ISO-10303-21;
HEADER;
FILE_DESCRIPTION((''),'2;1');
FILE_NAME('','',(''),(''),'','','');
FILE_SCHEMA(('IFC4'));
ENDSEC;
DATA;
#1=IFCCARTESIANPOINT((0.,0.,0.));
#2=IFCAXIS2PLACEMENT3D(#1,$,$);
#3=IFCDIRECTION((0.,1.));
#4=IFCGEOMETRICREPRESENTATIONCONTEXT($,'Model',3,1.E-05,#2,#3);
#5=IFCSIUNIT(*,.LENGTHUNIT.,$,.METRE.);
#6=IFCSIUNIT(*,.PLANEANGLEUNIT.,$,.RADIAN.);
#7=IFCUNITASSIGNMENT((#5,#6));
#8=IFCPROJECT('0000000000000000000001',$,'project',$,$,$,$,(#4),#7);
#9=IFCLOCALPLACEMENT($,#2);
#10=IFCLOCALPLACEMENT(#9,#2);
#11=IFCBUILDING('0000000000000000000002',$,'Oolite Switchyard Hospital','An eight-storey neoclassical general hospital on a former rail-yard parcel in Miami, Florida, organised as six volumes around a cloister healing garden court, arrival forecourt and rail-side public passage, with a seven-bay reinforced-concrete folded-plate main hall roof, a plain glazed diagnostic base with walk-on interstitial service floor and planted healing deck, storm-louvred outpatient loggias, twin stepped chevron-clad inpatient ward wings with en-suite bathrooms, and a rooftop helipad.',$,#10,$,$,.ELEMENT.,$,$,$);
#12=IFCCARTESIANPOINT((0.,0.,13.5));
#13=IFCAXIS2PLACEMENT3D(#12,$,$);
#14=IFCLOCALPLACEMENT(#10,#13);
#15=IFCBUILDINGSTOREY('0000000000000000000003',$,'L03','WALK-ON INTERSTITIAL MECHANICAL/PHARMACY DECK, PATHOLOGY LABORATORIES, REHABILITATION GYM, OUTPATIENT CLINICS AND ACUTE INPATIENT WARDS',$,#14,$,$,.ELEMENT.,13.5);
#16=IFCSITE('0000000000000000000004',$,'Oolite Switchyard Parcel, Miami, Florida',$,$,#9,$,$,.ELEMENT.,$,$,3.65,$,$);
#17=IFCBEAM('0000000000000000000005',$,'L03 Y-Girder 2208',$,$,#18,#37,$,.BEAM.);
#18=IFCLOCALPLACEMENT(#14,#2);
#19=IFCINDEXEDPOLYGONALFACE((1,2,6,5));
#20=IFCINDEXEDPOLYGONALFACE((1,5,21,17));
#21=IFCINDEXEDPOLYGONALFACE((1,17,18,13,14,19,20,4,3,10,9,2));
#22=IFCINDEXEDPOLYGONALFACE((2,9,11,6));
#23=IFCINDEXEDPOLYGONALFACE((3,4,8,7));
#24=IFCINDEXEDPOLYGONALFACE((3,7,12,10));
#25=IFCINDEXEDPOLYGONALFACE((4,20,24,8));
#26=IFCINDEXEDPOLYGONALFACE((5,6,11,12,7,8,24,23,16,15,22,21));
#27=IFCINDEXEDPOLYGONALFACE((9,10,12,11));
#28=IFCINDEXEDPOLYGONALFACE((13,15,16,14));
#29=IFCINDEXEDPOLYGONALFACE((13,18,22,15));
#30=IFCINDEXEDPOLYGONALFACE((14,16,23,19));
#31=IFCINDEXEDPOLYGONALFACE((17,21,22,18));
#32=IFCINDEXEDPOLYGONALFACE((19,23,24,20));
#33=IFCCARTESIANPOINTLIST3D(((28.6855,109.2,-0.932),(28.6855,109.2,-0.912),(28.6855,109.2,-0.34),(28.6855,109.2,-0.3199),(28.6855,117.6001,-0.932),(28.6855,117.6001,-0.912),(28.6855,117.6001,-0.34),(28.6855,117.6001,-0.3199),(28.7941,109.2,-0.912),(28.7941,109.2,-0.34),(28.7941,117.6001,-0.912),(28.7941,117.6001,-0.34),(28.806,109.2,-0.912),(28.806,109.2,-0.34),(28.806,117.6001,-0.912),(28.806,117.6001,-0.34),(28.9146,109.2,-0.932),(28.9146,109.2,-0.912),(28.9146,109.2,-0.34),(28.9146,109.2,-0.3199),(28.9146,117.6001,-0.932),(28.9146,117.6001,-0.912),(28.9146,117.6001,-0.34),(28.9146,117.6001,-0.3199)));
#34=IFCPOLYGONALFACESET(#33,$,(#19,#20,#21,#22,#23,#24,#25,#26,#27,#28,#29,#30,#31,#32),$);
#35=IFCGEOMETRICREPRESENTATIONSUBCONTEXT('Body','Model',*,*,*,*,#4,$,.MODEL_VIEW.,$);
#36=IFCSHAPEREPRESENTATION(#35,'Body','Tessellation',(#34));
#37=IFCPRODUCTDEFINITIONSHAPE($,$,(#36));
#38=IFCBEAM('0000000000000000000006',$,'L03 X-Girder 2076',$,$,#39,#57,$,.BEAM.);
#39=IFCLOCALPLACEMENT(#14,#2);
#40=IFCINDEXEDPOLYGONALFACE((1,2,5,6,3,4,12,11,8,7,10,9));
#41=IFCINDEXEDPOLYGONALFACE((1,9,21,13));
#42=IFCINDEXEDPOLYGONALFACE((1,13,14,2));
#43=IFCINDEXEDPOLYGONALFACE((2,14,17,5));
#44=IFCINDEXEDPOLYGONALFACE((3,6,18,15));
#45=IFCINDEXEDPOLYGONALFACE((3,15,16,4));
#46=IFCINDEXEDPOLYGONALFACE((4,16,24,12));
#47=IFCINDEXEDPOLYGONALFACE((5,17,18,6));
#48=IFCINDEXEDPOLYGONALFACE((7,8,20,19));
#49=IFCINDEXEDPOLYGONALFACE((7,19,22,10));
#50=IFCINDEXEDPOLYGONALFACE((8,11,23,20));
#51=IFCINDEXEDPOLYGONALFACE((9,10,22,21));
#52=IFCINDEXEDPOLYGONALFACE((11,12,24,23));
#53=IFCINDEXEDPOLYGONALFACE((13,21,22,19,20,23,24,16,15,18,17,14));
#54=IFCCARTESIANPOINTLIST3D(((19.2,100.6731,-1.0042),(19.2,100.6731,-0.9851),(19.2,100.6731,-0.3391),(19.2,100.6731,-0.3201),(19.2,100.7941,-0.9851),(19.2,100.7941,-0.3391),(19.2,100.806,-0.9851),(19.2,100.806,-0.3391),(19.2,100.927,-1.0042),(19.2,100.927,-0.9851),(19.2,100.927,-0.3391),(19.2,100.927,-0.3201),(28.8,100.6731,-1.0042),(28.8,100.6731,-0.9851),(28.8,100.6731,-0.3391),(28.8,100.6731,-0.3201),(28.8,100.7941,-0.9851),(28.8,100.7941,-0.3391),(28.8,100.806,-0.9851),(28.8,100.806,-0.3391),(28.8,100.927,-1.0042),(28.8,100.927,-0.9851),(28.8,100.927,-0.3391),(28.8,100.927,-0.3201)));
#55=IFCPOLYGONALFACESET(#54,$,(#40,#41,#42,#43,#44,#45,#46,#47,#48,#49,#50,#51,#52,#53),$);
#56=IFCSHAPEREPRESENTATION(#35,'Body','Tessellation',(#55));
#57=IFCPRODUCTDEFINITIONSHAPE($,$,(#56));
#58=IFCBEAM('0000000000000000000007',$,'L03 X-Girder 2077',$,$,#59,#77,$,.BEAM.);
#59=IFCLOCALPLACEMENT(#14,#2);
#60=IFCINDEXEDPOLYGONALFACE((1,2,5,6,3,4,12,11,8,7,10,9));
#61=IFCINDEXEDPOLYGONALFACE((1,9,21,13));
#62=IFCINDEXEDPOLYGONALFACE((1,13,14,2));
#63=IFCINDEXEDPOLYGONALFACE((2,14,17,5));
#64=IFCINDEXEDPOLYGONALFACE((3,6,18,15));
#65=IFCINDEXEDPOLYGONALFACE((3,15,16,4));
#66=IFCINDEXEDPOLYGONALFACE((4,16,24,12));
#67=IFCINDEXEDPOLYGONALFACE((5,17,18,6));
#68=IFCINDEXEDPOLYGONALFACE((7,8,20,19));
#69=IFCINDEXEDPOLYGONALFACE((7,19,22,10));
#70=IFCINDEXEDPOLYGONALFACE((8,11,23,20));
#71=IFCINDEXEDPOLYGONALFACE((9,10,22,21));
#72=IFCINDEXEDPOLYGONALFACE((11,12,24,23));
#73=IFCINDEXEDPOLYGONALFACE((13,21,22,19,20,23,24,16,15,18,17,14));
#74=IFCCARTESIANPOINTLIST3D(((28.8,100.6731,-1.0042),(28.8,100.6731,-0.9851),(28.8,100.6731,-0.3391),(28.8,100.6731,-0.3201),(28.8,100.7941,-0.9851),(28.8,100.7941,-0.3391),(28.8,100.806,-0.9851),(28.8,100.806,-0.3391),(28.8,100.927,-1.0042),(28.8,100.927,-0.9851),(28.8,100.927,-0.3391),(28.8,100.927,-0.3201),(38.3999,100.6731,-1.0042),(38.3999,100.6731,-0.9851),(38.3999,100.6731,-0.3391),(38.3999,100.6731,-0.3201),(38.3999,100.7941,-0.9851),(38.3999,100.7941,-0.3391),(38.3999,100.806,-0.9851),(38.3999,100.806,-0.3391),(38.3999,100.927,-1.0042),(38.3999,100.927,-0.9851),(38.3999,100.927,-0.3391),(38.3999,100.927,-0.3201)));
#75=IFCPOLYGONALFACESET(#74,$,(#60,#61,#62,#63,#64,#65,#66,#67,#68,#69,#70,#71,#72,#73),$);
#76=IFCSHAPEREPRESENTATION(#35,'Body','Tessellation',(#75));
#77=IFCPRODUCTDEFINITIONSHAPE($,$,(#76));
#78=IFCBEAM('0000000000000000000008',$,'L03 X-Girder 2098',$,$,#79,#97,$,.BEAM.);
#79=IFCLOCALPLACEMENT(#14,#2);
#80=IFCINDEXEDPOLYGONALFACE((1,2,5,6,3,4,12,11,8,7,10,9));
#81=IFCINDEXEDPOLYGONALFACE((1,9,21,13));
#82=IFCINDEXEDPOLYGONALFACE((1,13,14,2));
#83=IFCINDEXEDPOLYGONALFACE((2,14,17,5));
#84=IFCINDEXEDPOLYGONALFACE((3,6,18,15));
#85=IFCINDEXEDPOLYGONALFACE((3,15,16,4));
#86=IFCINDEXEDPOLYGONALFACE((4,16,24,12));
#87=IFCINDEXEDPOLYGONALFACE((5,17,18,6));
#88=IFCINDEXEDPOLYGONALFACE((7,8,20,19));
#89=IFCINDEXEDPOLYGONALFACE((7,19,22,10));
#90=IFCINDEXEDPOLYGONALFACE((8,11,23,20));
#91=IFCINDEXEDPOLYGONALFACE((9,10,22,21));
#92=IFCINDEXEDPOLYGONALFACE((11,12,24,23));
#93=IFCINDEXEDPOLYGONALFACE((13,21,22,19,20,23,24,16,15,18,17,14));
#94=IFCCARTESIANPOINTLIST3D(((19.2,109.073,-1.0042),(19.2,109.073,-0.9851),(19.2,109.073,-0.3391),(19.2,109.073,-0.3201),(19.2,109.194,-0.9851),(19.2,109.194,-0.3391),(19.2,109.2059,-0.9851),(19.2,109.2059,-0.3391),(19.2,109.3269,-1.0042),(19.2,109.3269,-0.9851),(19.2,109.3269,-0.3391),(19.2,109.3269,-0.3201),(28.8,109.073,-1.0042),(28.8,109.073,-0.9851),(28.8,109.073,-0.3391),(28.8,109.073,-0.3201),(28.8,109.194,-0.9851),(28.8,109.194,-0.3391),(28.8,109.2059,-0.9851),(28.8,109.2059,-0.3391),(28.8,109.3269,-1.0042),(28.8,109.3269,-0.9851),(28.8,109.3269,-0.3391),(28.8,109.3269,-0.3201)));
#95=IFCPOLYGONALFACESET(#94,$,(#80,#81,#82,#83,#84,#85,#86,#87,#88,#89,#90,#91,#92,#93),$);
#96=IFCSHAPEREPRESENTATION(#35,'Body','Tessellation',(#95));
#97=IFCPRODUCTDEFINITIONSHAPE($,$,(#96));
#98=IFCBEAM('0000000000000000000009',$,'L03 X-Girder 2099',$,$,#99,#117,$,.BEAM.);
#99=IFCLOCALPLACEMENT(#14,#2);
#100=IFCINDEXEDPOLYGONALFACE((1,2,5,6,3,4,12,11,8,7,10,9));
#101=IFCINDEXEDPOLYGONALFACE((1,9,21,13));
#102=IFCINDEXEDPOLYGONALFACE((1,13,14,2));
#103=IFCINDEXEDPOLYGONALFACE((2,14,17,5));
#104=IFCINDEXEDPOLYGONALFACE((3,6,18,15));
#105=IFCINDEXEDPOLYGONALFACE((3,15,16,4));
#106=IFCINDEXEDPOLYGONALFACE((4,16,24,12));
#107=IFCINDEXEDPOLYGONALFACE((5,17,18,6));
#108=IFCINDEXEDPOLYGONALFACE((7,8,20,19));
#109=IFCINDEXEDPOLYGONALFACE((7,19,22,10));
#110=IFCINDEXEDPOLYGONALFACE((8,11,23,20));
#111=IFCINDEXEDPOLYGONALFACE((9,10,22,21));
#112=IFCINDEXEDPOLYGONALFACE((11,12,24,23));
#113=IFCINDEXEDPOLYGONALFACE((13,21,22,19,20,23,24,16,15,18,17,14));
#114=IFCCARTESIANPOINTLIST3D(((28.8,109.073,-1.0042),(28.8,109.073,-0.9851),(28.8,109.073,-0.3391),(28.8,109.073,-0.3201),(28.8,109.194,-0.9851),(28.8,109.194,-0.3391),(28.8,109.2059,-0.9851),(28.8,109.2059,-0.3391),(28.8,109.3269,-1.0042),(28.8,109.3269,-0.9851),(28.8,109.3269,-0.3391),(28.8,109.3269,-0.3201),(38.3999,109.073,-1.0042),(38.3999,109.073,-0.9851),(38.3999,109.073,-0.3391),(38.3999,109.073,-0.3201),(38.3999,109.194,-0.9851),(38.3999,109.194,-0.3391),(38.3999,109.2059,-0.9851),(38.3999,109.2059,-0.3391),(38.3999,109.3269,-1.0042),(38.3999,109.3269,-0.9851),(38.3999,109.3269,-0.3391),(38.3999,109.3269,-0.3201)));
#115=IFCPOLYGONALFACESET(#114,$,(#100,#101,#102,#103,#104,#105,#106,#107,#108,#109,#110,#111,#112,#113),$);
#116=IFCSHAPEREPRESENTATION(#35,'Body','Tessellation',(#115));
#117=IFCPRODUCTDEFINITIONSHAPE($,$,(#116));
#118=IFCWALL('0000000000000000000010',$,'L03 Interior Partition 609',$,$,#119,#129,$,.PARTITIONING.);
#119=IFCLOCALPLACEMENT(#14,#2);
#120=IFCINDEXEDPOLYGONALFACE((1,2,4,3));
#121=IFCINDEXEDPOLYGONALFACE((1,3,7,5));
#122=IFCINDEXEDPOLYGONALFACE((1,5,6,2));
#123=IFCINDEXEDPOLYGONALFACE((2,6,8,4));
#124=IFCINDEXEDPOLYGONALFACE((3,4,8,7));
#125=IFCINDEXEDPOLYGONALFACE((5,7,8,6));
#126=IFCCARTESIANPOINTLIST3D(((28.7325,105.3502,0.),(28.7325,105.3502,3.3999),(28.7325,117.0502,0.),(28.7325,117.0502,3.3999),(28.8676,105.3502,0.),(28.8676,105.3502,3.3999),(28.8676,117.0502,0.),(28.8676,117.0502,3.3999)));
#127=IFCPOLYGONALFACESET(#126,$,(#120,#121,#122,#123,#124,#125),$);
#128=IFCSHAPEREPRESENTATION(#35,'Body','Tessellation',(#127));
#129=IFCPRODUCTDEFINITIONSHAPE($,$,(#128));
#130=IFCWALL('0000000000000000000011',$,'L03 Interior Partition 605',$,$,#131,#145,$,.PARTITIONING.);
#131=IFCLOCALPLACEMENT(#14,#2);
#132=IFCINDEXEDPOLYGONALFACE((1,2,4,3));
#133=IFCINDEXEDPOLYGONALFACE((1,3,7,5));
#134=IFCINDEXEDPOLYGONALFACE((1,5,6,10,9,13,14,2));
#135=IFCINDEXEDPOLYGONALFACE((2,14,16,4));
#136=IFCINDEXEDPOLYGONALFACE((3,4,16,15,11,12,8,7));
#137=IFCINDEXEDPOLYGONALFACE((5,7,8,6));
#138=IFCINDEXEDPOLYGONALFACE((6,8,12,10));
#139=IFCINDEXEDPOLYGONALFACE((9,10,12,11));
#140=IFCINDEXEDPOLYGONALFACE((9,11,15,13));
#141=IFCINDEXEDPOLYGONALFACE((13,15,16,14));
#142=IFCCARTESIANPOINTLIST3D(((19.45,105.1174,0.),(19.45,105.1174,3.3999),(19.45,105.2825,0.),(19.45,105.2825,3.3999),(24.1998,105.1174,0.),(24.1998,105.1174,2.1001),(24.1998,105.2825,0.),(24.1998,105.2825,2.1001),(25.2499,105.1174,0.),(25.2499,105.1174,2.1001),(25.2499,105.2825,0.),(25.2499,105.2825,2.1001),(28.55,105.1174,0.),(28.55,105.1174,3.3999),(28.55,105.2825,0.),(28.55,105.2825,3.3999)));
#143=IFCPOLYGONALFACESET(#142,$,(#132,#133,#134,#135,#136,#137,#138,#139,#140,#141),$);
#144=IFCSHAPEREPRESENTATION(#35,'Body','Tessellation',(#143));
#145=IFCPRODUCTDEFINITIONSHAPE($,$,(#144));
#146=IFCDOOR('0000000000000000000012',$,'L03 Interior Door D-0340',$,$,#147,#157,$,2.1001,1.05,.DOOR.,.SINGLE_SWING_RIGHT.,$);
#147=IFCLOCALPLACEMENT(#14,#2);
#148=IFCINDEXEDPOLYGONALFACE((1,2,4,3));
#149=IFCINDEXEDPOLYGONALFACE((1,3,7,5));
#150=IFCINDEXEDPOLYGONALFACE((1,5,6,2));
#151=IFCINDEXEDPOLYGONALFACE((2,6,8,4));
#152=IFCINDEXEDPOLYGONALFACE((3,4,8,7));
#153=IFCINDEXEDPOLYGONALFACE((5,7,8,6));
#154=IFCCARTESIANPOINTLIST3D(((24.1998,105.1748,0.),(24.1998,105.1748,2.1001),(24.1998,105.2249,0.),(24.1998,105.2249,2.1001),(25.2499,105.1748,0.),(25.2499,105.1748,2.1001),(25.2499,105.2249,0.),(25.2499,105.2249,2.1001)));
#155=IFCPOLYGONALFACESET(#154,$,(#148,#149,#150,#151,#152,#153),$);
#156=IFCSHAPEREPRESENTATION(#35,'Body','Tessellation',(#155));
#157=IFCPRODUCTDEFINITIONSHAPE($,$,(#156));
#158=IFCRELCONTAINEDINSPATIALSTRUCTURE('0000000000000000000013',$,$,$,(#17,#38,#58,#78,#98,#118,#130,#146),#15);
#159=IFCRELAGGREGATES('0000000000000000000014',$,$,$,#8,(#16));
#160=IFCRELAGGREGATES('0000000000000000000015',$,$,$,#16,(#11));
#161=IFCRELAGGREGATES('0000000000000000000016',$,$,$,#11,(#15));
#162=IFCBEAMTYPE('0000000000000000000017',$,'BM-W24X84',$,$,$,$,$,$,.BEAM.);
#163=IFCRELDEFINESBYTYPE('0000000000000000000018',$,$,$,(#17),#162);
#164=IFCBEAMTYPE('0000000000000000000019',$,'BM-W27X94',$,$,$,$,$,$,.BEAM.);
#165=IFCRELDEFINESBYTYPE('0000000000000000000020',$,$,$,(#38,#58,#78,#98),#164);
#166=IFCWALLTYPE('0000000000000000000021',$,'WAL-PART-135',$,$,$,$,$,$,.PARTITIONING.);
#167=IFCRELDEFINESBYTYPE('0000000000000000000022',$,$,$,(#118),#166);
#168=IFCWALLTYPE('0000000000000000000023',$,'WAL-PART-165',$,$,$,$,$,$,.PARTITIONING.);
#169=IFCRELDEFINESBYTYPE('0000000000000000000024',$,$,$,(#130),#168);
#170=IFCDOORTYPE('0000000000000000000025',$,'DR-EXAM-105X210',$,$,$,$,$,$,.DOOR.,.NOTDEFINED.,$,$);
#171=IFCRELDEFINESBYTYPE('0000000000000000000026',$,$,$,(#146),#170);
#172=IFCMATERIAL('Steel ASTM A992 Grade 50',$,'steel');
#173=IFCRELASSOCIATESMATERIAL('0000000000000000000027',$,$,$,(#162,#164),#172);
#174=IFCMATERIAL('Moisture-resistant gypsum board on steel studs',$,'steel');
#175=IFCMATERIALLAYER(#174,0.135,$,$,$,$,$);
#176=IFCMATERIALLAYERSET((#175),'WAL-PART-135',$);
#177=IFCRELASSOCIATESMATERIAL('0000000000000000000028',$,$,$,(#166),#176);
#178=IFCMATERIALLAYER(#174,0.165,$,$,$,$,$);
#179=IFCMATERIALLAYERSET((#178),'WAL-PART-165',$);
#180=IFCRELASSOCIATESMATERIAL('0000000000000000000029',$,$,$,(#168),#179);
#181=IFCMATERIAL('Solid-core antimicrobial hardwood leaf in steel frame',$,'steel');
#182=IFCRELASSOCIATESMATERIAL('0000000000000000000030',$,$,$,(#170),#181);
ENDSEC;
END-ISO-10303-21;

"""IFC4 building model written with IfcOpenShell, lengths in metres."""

from ifc_helpers import new_model, si_unit, direction, frame, frame_2d, origin, origin_2d, place, context, subcontext, project, spatial, rectangle, i_section, extrude, material, layer, layer_set, material_profile, profile_set, type_object, element, fill, save


model = new_model("IFC4")

# Units and contexts
model_context = context("Model", 3, precision=1e-05, world=origin(), true_north=direction((0.0, 1.0)))
body_context = subcontext(model_context, "Body", "Model", "MODEL_VIEW")
ifc_project = project(units=[si_unit("LENGTHUNIT", "METRE"), si_unit("PLANEANGLEUNIT", "RADIAN")], contexts=[model_context])

# Site, building, storey
site_placement = place(None, origin())
site = spatial("IfcSite", under=ifc_project, at=site_placement, Name="Oolite Switchyard Parcel, Miami, Florida", CompositionType="ELEMENT", RefElevation=3.65)
building_placement = place(site_placement, origin())
building = spatial("IfcBuilding", under=site, at=building_placement, Name="Oolite Switchyard Hospital", Description="An eight-storey neoclassical general hospital on a former rail-yard parcel in Miami, Florida, organised as six volumes around a cloister healing garden court, arrival forecourt and rail-side public passage, with a seven-bay reinforced-concrete folded-plate main hall roof, a plain glazed diagnostic base with walk-on interstitial service floor and planted healing deck, storm-louvred outpatient loggias, twin stepped chevron-clad inpatient ward wings with en-suite bathrooms, and a rooftop helipad.", CompositionType="ELEMENT")
storey_placement = place(building_placement, frame((0.0, 0.0, 13.5)))
storey = spatial("IfcBuildingStorey", under=building, at=storey_placement, Name="L03", Description="WALK-ON INTERSTITIAL MECHANICAL/PHARMACY DECK, PATHOLOGY LABORATORIES, REHABILITATION GYM, OUTPATIENT CLINICS AND ACUTE INPATIENT WARDS", CompositionType="ELEMENT", Elevation=13.5)

# Beams
ifc_material_1 = material(Name="Steel ASTM A992 Grade 50", Category="steel")
ifc_material_profile_1 = material_profile(ifc_material_1, i_section(OverallWidth=0.229, OverallDepth=0.6121, WebThickness=0.012, FlangeThickness=0.02, at=origin_2d()), Name="W24X84")
ifc_profile_set_1 = profile_set([ifc_material_profile_1], Name="Steel ASTM A992 Grade 50")
beam_type_1 = type_object("IfcBeamType", Name="BM-W24X84", PredefinedType="BEAM", material=ifc_profile_set_1)
beam_1_placement = place(storey_placement, frame((28.8, 109.2, -0.626), z_axis=(0.0, 1.0, 0.0), x_axis=(-1.0, 0.0, 0.0)))
element("IfcBeam", 1, at=beam_1_placement, inside=storey, type_object=beam_type_1, Name="L03 Y-Girder 2208", PredefinedType="BEAM", context=body_context, shape_type="SweptSolid", body=[
    extrude(i_section(OverallWidth=0.229, OverallDepth=0.6121, WebThickness=0.012, FlangeThickness=0.02, at=origin_2d()), origin(), (0.0, 0.0, 1.0), 8.4001),
])
ifc_material_profile_2 = material_profile(ifc_material_1, i_section(OverallWidth=0.2539, OverallDepth=0.6841, WebThickness=0.012, FlangeThickness=0.019, at=origin_2d()), Name="W27X94")
ifc_profile_set_2 = profile_set([ifc_material_profile_2], Name="Steel ASTM A992 Grade 50")
beam_type_2 = type_object("IfcBeamType", Name="BM-W27X94", PredefinedType="BEAM", material=ifc_profile_set_2)
beam_2_placement = place(storey_placement, frame((19.2, 100.8, -0.6621), z_axis=(1.0, 0.0, 0.0), x_axis=(0.0, 1.0, 0.0)))
element("IfcBeam", 2, at=beam_2_placement, inside=storey, type_object=beam_type_2, Name="L03 X-Girder 2076", PredefinedType="BEAM", context=body_context, shape_type="SweptSolid", body=[
    extrude(i_section(OverallWidth=0.2539, OverallDepth=0.6841, WebThickness=0.012, FlangeThickness=0.019, at=origin_2d()), origin(), (0.0, 0.0, 1.0), 9.6001),
])
beam_3_placement = place(storey_placement, frame((28.8, 100.8, -0.6621), z_axis=(1.0, 0.0, 0.0), x_axis=(0.0, 1.0, 0.0)))
element("IfcBeam", 3, at=beam_3_placement, inside=storey, type_object=beam_type_2, Name="L03 X-Girder 2077", PredefinedType="BEAM", context=body_context, shape_type="SweptSolid", body=[
    extrude(i_section(OverallWidth=0.2539, OverallDepth=0.6841, WebThickness=0.012, FlangeThickness=0.019, at=origin_2d()), origin(), (0.0, 0.0, 1.0), 9.5999),
])
beam_4_placement = place(storey_placement, frame((19.2, 109.2, -0.6621), z_axis=(1.0, 0.0, 0.0), x_axis=(0.0, 1.0, 0.0)))
element("IfcBeam", 4, at=beam_4_placement, inside=storey, type_object=beam_type_2, Name="L03 X-Girder 2098", PredefinedType="BEAM", context=body_context, shape_type="SweptSolid", body=[
    extrude(i_section(OverallWidth=0.2539, OverallDepth=0.6841, WebThickness=0.012, FlangeThickness=0.019, at=origin_2d()), origin(), (0.0, 0.0, 1.0), 9.6001),
])
beam_5_placement = place(storey_placement, frame((28.8, 109.2, -0.6621), z_axis=(1.0, 0.0, 0.0), x_axis=(0.0, 1.0, 0.0)))
element("IfcBeam", 5, at=beam_5_placement, inside=storey, type_object=beam_type_2, Name="L03 X-Girder 2099", PredefinedType="BEAM", context=body_context, shape_type="SweptSolid", body=[
    extrude(i_section(OverallWidth=0.2539, OverallDepth=0.6841, WebThickness=0.012, FlangeThickness=0.019, at=origin_2d()), origin(), (0.0, 0.0, 1.0), 9.5999),
])

# Wall
ifc_material_2 = material(Name="Moisture-resistant gypsum board on steel studs", Category="steel")
ifc_layer_1 = layer(ifc_material_2, 0.135)
ifc_layer_set_1 = layer_set([ifc_layer_1], Name="WAL-PART-135")
wall_type_1 = type_object("IfcWallType", Name="WAL-PART-135", PredefinedType="PARTITIONING", material=ifc_layer_set_1)
wall_1_placement = place(storey_placement, frame((28.8, 105.3501, 0.0), z_axis=(0.0, 0.0, 1.0), x_axis=(0.0, 1.0, 0.0)))
element("IfcWall", 6, at=wall_1_placement, inside=storey, type_object=wall_type_1, Name="L03 Interior Partition 609", PredefinedType="PARTITIONING", context=body_context, shape_type="SweptSolid", body=[
    extrude(rectangle(XDim=11.7, YDim=0.135, at=frame_2d((5.8501, 0.0))), origin(), (0.0, 0.0, 1.0), 3.3999),
])

# Wall, opening, door
ifc_layer_2 = layer(ifc_material_2, 0.165)
ifc_layer_set_2 = layer_set([ifc_layer_2], Name="WAL-PART-165")
wall_type_2 = type_object("IfcWallType", Name="WAL-PART-165", PredefinedType="PARTITIONING", material=ifc_layer_set_2)
wall_2_placement = place(storey_placement, frame((19.45, 105.2, 0.0), z_axis=(0.0, 0.0, 1.0), x_axis=(1.0, 0.0, 0.0)))
wall_2 = element("IfcWall", 7, at=wall_2_placement, inside=storey, type_object=wall_type_2, Name="L03 Interior Partition 605", PredefinedType="PARTITIONING", context=body_context, shape_type="SweptSolid", body=[
    extrude(rectangle(XDim=9.1001, YDim=0.165, at=frame_2d((4.55, 0.0))), origin(), (0.0, 0.0, 1.0), 3.3999),
])
opening_1_placement = place(wall_2_placement, frame((4.75, 0.0, 0.0)))
opening_1 = element("IfcOpeningElement", 8, at=opening_1_placement, cuts=wall_2, PredefinedType="OPENING", context=body_context, shape_type="SweptSolid", body=[
    extrude(rectangle(XDim=1.05, YDim=2.1001, at=frame_2d((0.5249, 1.05))), frame((0.0, 0.0925, 0.0), z_axis=(0.0, -1.0, 0.0), x_axis=(1.0, 0.0, 0.0)), (0.0, 0.0, 1.0), 0.1851),
])
ifc_material_3 = material(Name="Solid-core antimicrobial hardwood leaf in steel frame", Category="steel")
door_type_1 = type_object("IfcDoorType", Name="DR-EXAM-105X210", OperationType="NOTDEFINED", PredefinedType="DOOR", material=ifc_material_3)
door_1_placement = place(opening_1_placement, origin())
door_1 = element("IfcDoor", 9, at=door_1_placement, inside=storey, type_object=door_type_1, Name="L03 Interior Door D-0340", OperationType="SINGLE_SWING_RIGHT", OverallHeight=2.1001, OverallWidth=1.05, PredefinedType="DOOR", context=body_context, shape_type="SweptSolid", body=[
    extrude(rectangle(XDim=1.05, YDim=2.1001, at=frame_2d((0.5249, 1.05))), frame((0.0, 0.0249, 0.0), z_axis=(0.0, -1.0, 0.0), x_axis=(1.0, 0.0, 0.0)), (0.0, 0.0, 1.0), 0.05),
])
fill(opening_1, door_1)

save(model, "model.ifc")
